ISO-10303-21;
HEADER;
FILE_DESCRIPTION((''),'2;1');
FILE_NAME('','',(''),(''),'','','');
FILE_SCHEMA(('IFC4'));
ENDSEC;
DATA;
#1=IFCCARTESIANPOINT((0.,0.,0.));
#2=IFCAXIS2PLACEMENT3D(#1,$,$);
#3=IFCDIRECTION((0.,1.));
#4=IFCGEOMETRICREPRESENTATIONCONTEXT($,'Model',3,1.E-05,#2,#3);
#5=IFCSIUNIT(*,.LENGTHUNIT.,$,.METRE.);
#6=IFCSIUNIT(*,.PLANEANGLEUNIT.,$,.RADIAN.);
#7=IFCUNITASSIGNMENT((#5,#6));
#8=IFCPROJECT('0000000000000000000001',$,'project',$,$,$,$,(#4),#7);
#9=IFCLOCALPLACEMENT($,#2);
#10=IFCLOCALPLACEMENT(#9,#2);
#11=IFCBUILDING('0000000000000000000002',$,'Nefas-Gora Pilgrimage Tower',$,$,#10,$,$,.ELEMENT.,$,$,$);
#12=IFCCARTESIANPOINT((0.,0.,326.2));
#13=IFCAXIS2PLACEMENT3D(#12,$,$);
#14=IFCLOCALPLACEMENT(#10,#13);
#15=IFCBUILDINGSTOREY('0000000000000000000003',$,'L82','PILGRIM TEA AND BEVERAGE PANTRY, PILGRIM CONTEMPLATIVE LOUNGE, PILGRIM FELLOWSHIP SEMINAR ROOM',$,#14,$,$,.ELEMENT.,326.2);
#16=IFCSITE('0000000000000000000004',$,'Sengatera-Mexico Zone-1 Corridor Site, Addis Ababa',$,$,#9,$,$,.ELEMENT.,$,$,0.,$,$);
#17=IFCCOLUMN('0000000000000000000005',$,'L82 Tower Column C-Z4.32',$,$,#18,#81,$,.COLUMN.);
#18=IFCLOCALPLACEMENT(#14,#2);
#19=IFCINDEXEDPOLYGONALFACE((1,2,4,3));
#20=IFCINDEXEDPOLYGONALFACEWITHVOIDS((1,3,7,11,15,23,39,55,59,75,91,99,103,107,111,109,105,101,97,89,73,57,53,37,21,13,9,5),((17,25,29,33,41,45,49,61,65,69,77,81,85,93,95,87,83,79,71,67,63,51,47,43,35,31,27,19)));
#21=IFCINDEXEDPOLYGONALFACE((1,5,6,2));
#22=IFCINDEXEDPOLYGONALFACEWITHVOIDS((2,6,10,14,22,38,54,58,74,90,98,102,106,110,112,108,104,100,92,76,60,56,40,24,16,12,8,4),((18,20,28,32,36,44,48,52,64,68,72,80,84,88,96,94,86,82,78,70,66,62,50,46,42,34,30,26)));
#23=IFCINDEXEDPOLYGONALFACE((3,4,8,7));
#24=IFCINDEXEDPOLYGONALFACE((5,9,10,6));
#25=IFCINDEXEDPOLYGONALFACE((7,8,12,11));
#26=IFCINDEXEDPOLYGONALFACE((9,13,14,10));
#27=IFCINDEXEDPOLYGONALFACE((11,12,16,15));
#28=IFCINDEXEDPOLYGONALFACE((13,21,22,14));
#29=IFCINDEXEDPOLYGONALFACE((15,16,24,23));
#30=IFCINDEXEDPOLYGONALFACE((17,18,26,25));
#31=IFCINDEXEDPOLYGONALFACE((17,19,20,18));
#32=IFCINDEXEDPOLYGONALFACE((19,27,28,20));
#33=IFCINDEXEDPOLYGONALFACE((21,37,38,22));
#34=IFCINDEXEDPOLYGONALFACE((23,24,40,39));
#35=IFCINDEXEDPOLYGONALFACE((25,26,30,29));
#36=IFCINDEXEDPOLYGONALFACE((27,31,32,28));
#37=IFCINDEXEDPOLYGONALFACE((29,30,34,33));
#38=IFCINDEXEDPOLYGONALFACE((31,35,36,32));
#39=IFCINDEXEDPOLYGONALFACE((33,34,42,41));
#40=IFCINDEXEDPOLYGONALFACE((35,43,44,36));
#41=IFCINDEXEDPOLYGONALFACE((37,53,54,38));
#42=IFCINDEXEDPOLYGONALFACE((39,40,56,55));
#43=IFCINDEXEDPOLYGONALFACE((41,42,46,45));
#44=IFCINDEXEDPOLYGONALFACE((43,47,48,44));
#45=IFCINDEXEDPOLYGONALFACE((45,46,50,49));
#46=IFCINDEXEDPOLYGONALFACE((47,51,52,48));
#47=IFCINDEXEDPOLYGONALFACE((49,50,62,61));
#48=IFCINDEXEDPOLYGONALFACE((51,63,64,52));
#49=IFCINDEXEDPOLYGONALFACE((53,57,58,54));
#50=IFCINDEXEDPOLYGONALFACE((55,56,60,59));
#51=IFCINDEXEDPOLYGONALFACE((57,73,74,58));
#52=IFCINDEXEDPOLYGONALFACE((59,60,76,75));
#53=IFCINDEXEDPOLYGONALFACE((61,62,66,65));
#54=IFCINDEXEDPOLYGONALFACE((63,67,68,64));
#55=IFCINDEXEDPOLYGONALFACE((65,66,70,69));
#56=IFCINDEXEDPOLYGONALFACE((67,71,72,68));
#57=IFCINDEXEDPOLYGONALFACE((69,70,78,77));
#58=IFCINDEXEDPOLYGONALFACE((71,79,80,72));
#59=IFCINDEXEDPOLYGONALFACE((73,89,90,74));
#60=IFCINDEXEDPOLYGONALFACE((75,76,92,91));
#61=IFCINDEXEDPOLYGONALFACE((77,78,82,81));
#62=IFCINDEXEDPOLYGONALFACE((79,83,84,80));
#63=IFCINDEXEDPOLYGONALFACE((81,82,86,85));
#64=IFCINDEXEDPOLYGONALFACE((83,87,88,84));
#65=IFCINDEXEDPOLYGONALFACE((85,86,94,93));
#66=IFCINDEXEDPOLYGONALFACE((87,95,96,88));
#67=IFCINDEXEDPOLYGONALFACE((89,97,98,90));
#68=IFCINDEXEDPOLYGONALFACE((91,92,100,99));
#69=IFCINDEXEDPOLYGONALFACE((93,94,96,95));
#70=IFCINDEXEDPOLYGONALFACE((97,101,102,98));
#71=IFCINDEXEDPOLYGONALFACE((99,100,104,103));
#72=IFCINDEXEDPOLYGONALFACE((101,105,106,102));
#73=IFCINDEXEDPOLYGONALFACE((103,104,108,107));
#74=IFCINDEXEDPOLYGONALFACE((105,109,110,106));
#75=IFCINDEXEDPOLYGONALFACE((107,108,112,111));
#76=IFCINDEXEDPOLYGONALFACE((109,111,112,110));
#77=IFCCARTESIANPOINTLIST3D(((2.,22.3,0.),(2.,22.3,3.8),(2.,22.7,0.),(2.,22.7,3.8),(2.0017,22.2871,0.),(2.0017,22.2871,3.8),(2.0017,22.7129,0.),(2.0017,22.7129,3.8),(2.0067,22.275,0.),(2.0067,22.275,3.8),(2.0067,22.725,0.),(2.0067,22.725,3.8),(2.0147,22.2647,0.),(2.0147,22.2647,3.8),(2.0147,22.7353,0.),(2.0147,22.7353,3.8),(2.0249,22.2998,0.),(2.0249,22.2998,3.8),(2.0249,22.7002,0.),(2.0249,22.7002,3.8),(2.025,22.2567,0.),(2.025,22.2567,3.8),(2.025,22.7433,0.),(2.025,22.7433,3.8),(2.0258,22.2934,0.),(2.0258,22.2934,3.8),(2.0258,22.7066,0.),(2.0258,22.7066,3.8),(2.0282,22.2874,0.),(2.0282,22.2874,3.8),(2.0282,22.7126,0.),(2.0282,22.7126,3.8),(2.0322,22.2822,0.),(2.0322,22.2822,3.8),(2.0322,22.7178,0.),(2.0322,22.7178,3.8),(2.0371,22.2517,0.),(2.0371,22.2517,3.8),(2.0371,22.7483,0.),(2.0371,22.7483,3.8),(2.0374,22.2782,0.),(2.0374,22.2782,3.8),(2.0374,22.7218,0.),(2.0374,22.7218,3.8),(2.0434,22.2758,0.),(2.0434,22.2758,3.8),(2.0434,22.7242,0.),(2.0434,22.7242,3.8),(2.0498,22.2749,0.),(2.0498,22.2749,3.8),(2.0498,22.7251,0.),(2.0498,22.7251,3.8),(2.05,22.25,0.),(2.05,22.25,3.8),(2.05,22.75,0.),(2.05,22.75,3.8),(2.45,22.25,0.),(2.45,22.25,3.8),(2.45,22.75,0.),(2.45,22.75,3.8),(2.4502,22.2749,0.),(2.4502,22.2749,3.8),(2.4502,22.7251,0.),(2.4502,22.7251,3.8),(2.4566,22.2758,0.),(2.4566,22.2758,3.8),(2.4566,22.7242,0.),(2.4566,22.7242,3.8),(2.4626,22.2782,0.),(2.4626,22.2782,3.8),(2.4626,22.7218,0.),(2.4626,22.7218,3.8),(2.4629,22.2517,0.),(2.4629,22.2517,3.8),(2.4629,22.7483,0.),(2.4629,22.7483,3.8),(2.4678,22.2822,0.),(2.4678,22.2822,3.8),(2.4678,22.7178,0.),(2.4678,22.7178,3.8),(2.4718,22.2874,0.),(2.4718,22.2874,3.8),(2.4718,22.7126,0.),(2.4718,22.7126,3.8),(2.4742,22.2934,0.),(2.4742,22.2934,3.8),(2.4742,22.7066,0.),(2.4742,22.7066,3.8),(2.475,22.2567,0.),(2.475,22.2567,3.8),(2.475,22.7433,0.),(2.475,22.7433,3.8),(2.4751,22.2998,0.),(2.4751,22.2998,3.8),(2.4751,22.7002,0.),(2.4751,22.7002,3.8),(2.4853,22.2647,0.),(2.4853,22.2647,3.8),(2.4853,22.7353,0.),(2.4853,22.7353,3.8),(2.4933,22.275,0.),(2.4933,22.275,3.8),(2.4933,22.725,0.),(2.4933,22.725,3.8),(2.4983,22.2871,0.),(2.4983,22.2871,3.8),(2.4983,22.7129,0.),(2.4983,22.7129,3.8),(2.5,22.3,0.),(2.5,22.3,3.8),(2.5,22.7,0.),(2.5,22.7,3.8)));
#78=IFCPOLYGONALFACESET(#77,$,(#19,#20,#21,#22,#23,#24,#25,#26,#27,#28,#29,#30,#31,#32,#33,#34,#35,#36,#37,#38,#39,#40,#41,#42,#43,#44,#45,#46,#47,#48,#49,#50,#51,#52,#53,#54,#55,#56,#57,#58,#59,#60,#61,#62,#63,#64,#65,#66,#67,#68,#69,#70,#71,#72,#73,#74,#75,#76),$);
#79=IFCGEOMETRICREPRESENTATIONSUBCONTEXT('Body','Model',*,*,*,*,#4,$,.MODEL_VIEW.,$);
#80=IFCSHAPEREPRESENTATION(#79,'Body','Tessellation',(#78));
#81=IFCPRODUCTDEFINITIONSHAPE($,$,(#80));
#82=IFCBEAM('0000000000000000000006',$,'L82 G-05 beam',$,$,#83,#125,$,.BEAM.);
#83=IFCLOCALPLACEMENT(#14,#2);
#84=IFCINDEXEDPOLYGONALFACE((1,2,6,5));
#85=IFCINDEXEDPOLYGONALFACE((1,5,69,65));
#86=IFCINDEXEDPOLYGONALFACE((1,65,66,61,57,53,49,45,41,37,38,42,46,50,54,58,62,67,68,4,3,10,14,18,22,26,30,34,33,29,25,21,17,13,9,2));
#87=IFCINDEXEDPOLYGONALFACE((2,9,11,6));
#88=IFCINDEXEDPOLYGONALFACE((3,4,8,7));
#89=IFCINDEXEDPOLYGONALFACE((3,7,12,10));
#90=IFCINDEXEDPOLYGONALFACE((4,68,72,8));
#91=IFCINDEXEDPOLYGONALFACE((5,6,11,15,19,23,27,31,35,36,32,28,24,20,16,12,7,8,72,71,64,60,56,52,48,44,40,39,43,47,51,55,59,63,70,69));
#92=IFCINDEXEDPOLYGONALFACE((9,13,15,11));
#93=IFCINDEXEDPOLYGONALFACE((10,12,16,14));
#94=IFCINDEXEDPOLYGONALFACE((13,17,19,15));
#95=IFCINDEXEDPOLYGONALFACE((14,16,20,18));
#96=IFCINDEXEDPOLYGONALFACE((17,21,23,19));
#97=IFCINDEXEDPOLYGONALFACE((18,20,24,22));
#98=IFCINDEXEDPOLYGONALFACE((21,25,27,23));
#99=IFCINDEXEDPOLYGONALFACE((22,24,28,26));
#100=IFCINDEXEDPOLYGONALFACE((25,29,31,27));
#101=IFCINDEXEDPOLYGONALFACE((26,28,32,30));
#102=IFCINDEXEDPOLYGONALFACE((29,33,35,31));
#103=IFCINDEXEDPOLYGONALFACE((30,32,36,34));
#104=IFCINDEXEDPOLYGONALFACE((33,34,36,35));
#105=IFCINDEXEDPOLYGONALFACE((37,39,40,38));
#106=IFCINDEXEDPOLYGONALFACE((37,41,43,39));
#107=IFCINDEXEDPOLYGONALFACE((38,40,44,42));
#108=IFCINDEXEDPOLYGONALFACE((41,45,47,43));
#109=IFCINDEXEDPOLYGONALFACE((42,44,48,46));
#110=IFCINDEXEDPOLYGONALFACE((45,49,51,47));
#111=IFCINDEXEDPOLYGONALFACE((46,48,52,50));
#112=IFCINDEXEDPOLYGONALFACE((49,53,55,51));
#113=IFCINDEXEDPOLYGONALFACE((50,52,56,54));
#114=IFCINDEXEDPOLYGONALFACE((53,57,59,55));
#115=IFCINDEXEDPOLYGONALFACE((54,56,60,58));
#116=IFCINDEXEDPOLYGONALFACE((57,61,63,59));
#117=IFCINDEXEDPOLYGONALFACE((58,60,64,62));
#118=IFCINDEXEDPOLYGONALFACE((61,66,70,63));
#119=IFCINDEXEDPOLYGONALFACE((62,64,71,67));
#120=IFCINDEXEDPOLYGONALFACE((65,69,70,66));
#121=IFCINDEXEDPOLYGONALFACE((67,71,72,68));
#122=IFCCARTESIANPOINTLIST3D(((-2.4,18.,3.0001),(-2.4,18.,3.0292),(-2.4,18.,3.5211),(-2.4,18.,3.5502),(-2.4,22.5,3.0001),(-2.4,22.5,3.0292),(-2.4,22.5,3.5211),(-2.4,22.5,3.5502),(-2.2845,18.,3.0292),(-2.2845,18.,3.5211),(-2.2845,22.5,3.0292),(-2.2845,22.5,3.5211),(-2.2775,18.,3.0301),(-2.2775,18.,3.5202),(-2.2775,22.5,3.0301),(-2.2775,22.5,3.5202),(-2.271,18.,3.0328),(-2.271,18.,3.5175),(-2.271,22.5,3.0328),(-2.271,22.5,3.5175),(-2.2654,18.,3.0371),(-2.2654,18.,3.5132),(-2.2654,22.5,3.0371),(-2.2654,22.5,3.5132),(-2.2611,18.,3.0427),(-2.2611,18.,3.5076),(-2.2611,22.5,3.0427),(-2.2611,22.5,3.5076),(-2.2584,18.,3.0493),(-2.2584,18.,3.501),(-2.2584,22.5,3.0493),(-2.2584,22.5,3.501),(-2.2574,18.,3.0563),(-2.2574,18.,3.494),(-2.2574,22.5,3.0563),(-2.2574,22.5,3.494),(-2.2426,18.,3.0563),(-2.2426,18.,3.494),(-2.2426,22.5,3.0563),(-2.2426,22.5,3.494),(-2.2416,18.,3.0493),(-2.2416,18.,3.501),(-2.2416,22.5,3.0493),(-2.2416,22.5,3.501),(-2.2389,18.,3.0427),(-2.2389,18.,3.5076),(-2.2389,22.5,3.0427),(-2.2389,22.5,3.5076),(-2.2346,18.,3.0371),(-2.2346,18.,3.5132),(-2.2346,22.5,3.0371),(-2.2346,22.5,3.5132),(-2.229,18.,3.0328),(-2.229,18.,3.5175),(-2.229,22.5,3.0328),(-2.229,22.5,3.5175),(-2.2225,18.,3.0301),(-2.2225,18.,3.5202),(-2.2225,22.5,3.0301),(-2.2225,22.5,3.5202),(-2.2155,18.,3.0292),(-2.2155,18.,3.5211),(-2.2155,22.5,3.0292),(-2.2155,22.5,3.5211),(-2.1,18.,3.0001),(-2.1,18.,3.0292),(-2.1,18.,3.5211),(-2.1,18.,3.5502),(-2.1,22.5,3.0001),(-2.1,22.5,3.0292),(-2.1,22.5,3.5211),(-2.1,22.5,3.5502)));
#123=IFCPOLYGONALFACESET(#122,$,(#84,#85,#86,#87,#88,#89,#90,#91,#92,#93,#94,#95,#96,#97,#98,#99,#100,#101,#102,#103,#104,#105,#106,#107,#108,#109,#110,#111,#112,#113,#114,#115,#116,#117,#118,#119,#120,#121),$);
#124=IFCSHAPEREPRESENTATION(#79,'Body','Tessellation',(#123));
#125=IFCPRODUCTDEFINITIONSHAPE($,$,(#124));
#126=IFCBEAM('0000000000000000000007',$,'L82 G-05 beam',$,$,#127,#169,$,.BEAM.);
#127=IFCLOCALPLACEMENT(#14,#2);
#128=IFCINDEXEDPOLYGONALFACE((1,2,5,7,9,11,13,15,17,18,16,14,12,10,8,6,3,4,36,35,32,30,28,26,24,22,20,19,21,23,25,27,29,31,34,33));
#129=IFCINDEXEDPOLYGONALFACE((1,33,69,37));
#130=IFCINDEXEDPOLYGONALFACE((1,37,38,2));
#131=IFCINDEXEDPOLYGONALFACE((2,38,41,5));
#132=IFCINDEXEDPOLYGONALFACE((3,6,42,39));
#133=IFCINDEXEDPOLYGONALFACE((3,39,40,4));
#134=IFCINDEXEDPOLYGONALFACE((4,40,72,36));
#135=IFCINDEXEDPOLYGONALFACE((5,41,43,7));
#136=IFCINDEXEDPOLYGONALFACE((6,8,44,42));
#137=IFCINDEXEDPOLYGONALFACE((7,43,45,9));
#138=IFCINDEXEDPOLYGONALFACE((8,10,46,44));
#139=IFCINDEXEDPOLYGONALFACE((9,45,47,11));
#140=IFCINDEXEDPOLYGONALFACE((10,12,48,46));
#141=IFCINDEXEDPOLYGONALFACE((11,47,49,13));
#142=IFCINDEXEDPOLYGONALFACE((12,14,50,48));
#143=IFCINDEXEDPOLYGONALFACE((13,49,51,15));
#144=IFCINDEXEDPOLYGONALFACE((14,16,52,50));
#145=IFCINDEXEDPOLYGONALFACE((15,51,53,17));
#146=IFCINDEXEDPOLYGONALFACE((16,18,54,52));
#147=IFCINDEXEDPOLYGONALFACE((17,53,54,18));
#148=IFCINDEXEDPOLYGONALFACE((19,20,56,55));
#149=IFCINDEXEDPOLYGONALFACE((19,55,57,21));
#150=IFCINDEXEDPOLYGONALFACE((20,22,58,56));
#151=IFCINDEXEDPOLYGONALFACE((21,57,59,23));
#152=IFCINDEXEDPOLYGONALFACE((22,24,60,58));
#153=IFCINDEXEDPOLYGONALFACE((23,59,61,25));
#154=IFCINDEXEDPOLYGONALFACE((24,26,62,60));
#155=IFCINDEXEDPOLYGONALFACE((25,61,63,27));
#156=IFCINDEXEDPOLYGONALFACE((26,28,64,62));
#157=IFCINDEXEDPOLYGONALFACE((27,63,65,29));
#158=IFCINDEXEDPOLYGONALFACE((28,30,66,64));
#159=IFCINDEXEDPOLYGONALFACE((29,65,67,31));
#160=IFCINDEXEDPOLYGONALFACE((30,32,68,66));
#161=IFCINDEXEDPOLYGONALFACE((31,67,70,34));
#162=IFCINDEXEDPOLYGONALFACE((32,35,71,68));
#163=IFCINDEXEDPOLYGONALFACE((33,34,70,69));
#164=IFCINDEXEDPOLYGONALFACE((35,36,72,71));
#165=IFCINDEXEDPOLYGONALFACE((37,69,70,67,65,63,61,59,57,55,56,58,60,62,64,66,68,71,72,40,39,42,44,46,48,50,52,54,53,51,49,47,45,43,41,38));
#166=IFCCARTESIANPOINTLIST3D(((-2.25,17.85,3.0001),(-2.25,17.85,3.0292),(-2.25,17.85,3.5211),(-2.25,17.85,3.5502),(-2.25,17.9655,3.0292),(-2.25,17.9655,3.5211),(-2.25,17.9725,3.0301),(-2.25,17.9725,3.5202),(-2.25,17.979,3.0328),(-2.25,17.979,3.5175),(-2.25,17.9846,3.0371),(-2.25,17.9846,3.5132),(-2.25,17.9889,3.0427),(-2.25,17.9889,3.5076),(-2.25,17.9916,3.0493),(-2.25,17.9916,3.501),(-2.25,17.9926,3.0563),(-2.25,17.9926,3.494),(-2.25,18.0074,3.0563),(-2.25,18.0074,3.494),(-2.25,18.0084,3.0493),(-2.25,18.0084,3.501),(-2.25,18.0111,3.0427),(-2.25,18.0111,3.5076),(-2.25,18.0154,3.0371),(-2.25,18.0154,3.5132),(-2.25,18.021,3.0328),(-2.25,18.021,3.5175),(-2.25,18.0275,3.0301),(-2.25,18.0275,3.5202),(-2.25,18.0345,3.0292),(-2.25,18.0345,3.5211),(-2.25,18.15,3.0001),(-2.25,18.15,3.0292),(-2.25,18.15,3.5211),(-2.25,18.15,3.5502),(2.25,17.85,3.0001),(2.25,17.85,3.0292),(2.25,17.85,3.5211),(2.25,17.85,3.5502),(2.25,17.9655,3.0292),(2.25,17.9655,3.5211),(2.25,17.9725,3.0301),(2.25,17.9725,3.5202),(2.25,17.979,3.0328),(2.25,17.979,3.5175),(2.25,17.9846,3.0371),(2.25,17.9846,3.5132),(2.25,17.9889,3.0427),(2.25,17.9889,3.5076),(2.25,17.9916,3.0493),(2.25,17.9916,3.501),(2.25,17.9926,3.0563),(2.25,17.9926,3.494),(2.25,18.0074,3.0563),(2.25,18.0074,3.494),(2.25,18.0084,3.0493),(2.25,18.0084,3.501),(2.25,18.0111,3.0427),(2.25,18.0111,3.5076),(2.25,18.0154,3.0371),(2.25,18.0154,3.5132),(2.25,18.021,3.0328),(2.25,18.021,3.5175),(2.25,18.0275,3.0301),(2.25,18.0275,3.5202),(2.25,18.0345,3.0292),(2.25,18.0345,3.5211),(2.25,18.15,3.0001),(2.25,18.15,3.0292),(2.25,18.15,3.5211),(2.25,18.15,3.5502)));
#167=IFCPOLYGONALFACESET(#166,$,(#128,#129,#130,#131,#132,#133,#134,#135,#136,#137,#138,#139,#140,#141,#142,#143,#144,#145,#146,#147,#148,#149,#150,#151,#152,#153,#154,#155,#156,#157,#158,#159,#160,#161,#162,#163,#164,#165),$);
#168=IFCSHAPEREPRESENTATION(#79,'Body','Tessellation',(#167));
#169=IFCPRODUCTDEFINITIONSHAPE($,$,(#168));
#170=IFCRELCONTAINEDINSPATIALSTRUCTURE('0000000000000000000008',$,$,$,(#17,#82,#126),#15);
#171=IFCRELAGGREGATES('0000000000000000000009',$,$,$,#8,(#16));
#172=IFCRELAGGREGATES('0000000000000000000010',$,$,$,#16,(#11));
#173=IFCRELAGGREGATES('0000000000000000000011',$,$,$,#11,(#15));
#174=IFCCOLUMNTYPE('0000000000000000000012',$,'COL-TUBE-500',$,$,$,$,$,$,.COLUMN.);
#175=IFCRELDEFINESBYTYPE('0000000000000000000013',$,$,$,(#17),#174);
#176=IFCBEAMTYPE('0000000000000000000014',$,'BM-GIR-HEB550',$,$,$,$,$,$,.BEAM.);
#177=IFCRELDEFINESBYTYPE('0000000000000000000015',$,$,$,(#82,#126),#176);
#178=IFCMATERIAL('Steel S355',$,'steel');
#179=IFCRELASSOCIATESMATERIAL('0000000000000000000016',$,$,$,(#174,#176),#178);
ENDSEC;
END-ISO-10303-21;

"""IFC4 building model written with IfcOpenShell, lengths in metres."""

from ifc_helpers import new_model, si_unit, direction, frame, origin, origin_2d, place, context, subcontext, project, spatial, hollow_rectangle, i_section, extrude, source, transform, mapped, material, material_profile, profile_set, type_object, element, save


model = new_model("IFC4")

# Units and contexts
model_context = context("Model", 3, precision=1e-05, world=origin(), true_north=direction((0.0, 1.0)))
body_context = subcontext(model_context, "Body", "Model", "MODEL_VIEW")
ifc_project = project(units=[si_unit("LENGTHUNIT", "METRE"), si_unit("PLANEANGLEUNIT", "RADIAN")], contexts=[model_context])

# Site, building, storey
site_placement = place(None, origin())
site = spatial("IfcSite", under=ifc_project, at=site_placement, Name="Sengatera-Mexico Zone-1 Corridor Site, Addis Ababa", CompositionType="ELEMENT", RefElevation=0.0)
building_placement = place(site_placement, origin())
building = spatial("IfcBuilding", under=site, at=building_placement, Name="Nefas-Gora Pilgrimage Tower", CompositionType="ELEMENT")
storey_placement = place(building_placement, frame((0.0, 0.0, 326.2)))
storey = spatial("IfcBuildingStorey", under=building, at=storey_placement, Name="L82", Description="PILGRIM TEA AND BEVERAGE PANTRY, PILGRIM CONTEMPLATIVE LOUNGE, PILGRIM FELLOWSHIP SEMINAR ROOM", CompositionType="ELEMENT", Elevation=326.2)

# Column
ifc_material_1 = material(Name="Steel S355", Category="steel")
ifc_material_profile_1 = material_profile(ifc_material_1, hollow_rectangle(XDim=0.5, YDim=0.5, WallThickness=0.0249, InnerFilletRadius=0.0249, OuterFilletRadius=0.05, at=origin_2d()), Name="SHS 500x500x25")
ifc_profile_set_1 = profile_set([ifc_material_profile_1], Name="Steel S355")
column_type_1 = type_object("IfcColumnType", Name="COL-TUBE-500", PredefinedType="COLUMN", material=ifc_profile_set_1)
shared_shape_1 = source(origin(), body_context, "Body", "SweptSolid", [
    extrude(hollow_rectangle(XDim=0.5, YDim=0.5, WallThickness=0.0249, InnerFilletRadius=0.0249, OuterFilletRadius=0.05, at=origin_2d()), origin(), (0.0, 0.0, 1.0), 3.8),
])
column_placement = place(storey_placement, frame((2.25, 22.5, 0.0), z_axis=(0.0, 0.0, 1.0), x_axis=(1.0, 0.0, 0.0)))
element("IfcColumn", 1, at=column_placement, inside=storey, type_object=column_type_1, Name="L82 Tower Column C-Z4.32", PredefinedType="COLUMN", context=body_context, shape_type="MappedRepresentation", body=[
    mapped(shared_shape_1, transform((0.0, 0.0, 0.0), x_axis=(1.0, 0.0, 0.0), y_axis=(0.0, 1.0, 0.0), z_axis=(0.0, 0.0, 1.0), scale=1.0)),
])

# Beams
ifc_material_profile_2 = material_profile(ifc_material_1, i_section(OverallWidth=0.3, OverallDepth=0.55, WebThickness=0.0149, FlangeThickness=0.0291, FilletRadius=0.0271, at=origin_2d()), Name="HEB 550")
ifc_profile_set_2 = profile_set([ifc_material_profile_2], Name="Steel S355")
beam_type = type_object("IfcBeamType", Name="BM-GIR-HEB550", PredefinedType="BEAM", material=ifc_profile_set_2)
shared_shape_2 = source(origin(), body_context, "Body", "SweptSolid", [
    extrude(i_section(OverallWidth=0.3, OverallDepth=0.55, WebThickness=0.0149, FlangeThickness=0.0291, FilletRadius=0.0271, at=origin_2d()), origin(), (0.0, 0.0, 1.0), 4.5),
])
for number, where, z_axis, x_axis, name in (
    (2, (-2.25, 18.0, 3.2751), (0.0, 1.0, 0.0), (-1.0, 0.0, 0.0), "L82 G-05 beam"),
    (3, (-2.25, 18.0, 3.2751), (1.0, 0.0, 0.0), (0.0, 1.0, 0.0), "L82 G-05 beam"),
):
    element("IfcBeam", number, at=place(storey_placement, frame(where, z_axis=z_axis, x_axis=x_axis)), inside=storey, type_object=beam_type, Name=name, PredefinedType="BEAM", context=body_context, shape_type="MappedRepresentation", body=[
        mapped(shared_shape_2, transform((0.0, 0.0, 0.0), x_axis=(1.0, 0.0, 0.0), y_axis=(0.0, 1.0, 0.0), z_axis=(0.0, 0.0, 1.0), scale=1.0)),
    ])

save(model, "model.ifc")
